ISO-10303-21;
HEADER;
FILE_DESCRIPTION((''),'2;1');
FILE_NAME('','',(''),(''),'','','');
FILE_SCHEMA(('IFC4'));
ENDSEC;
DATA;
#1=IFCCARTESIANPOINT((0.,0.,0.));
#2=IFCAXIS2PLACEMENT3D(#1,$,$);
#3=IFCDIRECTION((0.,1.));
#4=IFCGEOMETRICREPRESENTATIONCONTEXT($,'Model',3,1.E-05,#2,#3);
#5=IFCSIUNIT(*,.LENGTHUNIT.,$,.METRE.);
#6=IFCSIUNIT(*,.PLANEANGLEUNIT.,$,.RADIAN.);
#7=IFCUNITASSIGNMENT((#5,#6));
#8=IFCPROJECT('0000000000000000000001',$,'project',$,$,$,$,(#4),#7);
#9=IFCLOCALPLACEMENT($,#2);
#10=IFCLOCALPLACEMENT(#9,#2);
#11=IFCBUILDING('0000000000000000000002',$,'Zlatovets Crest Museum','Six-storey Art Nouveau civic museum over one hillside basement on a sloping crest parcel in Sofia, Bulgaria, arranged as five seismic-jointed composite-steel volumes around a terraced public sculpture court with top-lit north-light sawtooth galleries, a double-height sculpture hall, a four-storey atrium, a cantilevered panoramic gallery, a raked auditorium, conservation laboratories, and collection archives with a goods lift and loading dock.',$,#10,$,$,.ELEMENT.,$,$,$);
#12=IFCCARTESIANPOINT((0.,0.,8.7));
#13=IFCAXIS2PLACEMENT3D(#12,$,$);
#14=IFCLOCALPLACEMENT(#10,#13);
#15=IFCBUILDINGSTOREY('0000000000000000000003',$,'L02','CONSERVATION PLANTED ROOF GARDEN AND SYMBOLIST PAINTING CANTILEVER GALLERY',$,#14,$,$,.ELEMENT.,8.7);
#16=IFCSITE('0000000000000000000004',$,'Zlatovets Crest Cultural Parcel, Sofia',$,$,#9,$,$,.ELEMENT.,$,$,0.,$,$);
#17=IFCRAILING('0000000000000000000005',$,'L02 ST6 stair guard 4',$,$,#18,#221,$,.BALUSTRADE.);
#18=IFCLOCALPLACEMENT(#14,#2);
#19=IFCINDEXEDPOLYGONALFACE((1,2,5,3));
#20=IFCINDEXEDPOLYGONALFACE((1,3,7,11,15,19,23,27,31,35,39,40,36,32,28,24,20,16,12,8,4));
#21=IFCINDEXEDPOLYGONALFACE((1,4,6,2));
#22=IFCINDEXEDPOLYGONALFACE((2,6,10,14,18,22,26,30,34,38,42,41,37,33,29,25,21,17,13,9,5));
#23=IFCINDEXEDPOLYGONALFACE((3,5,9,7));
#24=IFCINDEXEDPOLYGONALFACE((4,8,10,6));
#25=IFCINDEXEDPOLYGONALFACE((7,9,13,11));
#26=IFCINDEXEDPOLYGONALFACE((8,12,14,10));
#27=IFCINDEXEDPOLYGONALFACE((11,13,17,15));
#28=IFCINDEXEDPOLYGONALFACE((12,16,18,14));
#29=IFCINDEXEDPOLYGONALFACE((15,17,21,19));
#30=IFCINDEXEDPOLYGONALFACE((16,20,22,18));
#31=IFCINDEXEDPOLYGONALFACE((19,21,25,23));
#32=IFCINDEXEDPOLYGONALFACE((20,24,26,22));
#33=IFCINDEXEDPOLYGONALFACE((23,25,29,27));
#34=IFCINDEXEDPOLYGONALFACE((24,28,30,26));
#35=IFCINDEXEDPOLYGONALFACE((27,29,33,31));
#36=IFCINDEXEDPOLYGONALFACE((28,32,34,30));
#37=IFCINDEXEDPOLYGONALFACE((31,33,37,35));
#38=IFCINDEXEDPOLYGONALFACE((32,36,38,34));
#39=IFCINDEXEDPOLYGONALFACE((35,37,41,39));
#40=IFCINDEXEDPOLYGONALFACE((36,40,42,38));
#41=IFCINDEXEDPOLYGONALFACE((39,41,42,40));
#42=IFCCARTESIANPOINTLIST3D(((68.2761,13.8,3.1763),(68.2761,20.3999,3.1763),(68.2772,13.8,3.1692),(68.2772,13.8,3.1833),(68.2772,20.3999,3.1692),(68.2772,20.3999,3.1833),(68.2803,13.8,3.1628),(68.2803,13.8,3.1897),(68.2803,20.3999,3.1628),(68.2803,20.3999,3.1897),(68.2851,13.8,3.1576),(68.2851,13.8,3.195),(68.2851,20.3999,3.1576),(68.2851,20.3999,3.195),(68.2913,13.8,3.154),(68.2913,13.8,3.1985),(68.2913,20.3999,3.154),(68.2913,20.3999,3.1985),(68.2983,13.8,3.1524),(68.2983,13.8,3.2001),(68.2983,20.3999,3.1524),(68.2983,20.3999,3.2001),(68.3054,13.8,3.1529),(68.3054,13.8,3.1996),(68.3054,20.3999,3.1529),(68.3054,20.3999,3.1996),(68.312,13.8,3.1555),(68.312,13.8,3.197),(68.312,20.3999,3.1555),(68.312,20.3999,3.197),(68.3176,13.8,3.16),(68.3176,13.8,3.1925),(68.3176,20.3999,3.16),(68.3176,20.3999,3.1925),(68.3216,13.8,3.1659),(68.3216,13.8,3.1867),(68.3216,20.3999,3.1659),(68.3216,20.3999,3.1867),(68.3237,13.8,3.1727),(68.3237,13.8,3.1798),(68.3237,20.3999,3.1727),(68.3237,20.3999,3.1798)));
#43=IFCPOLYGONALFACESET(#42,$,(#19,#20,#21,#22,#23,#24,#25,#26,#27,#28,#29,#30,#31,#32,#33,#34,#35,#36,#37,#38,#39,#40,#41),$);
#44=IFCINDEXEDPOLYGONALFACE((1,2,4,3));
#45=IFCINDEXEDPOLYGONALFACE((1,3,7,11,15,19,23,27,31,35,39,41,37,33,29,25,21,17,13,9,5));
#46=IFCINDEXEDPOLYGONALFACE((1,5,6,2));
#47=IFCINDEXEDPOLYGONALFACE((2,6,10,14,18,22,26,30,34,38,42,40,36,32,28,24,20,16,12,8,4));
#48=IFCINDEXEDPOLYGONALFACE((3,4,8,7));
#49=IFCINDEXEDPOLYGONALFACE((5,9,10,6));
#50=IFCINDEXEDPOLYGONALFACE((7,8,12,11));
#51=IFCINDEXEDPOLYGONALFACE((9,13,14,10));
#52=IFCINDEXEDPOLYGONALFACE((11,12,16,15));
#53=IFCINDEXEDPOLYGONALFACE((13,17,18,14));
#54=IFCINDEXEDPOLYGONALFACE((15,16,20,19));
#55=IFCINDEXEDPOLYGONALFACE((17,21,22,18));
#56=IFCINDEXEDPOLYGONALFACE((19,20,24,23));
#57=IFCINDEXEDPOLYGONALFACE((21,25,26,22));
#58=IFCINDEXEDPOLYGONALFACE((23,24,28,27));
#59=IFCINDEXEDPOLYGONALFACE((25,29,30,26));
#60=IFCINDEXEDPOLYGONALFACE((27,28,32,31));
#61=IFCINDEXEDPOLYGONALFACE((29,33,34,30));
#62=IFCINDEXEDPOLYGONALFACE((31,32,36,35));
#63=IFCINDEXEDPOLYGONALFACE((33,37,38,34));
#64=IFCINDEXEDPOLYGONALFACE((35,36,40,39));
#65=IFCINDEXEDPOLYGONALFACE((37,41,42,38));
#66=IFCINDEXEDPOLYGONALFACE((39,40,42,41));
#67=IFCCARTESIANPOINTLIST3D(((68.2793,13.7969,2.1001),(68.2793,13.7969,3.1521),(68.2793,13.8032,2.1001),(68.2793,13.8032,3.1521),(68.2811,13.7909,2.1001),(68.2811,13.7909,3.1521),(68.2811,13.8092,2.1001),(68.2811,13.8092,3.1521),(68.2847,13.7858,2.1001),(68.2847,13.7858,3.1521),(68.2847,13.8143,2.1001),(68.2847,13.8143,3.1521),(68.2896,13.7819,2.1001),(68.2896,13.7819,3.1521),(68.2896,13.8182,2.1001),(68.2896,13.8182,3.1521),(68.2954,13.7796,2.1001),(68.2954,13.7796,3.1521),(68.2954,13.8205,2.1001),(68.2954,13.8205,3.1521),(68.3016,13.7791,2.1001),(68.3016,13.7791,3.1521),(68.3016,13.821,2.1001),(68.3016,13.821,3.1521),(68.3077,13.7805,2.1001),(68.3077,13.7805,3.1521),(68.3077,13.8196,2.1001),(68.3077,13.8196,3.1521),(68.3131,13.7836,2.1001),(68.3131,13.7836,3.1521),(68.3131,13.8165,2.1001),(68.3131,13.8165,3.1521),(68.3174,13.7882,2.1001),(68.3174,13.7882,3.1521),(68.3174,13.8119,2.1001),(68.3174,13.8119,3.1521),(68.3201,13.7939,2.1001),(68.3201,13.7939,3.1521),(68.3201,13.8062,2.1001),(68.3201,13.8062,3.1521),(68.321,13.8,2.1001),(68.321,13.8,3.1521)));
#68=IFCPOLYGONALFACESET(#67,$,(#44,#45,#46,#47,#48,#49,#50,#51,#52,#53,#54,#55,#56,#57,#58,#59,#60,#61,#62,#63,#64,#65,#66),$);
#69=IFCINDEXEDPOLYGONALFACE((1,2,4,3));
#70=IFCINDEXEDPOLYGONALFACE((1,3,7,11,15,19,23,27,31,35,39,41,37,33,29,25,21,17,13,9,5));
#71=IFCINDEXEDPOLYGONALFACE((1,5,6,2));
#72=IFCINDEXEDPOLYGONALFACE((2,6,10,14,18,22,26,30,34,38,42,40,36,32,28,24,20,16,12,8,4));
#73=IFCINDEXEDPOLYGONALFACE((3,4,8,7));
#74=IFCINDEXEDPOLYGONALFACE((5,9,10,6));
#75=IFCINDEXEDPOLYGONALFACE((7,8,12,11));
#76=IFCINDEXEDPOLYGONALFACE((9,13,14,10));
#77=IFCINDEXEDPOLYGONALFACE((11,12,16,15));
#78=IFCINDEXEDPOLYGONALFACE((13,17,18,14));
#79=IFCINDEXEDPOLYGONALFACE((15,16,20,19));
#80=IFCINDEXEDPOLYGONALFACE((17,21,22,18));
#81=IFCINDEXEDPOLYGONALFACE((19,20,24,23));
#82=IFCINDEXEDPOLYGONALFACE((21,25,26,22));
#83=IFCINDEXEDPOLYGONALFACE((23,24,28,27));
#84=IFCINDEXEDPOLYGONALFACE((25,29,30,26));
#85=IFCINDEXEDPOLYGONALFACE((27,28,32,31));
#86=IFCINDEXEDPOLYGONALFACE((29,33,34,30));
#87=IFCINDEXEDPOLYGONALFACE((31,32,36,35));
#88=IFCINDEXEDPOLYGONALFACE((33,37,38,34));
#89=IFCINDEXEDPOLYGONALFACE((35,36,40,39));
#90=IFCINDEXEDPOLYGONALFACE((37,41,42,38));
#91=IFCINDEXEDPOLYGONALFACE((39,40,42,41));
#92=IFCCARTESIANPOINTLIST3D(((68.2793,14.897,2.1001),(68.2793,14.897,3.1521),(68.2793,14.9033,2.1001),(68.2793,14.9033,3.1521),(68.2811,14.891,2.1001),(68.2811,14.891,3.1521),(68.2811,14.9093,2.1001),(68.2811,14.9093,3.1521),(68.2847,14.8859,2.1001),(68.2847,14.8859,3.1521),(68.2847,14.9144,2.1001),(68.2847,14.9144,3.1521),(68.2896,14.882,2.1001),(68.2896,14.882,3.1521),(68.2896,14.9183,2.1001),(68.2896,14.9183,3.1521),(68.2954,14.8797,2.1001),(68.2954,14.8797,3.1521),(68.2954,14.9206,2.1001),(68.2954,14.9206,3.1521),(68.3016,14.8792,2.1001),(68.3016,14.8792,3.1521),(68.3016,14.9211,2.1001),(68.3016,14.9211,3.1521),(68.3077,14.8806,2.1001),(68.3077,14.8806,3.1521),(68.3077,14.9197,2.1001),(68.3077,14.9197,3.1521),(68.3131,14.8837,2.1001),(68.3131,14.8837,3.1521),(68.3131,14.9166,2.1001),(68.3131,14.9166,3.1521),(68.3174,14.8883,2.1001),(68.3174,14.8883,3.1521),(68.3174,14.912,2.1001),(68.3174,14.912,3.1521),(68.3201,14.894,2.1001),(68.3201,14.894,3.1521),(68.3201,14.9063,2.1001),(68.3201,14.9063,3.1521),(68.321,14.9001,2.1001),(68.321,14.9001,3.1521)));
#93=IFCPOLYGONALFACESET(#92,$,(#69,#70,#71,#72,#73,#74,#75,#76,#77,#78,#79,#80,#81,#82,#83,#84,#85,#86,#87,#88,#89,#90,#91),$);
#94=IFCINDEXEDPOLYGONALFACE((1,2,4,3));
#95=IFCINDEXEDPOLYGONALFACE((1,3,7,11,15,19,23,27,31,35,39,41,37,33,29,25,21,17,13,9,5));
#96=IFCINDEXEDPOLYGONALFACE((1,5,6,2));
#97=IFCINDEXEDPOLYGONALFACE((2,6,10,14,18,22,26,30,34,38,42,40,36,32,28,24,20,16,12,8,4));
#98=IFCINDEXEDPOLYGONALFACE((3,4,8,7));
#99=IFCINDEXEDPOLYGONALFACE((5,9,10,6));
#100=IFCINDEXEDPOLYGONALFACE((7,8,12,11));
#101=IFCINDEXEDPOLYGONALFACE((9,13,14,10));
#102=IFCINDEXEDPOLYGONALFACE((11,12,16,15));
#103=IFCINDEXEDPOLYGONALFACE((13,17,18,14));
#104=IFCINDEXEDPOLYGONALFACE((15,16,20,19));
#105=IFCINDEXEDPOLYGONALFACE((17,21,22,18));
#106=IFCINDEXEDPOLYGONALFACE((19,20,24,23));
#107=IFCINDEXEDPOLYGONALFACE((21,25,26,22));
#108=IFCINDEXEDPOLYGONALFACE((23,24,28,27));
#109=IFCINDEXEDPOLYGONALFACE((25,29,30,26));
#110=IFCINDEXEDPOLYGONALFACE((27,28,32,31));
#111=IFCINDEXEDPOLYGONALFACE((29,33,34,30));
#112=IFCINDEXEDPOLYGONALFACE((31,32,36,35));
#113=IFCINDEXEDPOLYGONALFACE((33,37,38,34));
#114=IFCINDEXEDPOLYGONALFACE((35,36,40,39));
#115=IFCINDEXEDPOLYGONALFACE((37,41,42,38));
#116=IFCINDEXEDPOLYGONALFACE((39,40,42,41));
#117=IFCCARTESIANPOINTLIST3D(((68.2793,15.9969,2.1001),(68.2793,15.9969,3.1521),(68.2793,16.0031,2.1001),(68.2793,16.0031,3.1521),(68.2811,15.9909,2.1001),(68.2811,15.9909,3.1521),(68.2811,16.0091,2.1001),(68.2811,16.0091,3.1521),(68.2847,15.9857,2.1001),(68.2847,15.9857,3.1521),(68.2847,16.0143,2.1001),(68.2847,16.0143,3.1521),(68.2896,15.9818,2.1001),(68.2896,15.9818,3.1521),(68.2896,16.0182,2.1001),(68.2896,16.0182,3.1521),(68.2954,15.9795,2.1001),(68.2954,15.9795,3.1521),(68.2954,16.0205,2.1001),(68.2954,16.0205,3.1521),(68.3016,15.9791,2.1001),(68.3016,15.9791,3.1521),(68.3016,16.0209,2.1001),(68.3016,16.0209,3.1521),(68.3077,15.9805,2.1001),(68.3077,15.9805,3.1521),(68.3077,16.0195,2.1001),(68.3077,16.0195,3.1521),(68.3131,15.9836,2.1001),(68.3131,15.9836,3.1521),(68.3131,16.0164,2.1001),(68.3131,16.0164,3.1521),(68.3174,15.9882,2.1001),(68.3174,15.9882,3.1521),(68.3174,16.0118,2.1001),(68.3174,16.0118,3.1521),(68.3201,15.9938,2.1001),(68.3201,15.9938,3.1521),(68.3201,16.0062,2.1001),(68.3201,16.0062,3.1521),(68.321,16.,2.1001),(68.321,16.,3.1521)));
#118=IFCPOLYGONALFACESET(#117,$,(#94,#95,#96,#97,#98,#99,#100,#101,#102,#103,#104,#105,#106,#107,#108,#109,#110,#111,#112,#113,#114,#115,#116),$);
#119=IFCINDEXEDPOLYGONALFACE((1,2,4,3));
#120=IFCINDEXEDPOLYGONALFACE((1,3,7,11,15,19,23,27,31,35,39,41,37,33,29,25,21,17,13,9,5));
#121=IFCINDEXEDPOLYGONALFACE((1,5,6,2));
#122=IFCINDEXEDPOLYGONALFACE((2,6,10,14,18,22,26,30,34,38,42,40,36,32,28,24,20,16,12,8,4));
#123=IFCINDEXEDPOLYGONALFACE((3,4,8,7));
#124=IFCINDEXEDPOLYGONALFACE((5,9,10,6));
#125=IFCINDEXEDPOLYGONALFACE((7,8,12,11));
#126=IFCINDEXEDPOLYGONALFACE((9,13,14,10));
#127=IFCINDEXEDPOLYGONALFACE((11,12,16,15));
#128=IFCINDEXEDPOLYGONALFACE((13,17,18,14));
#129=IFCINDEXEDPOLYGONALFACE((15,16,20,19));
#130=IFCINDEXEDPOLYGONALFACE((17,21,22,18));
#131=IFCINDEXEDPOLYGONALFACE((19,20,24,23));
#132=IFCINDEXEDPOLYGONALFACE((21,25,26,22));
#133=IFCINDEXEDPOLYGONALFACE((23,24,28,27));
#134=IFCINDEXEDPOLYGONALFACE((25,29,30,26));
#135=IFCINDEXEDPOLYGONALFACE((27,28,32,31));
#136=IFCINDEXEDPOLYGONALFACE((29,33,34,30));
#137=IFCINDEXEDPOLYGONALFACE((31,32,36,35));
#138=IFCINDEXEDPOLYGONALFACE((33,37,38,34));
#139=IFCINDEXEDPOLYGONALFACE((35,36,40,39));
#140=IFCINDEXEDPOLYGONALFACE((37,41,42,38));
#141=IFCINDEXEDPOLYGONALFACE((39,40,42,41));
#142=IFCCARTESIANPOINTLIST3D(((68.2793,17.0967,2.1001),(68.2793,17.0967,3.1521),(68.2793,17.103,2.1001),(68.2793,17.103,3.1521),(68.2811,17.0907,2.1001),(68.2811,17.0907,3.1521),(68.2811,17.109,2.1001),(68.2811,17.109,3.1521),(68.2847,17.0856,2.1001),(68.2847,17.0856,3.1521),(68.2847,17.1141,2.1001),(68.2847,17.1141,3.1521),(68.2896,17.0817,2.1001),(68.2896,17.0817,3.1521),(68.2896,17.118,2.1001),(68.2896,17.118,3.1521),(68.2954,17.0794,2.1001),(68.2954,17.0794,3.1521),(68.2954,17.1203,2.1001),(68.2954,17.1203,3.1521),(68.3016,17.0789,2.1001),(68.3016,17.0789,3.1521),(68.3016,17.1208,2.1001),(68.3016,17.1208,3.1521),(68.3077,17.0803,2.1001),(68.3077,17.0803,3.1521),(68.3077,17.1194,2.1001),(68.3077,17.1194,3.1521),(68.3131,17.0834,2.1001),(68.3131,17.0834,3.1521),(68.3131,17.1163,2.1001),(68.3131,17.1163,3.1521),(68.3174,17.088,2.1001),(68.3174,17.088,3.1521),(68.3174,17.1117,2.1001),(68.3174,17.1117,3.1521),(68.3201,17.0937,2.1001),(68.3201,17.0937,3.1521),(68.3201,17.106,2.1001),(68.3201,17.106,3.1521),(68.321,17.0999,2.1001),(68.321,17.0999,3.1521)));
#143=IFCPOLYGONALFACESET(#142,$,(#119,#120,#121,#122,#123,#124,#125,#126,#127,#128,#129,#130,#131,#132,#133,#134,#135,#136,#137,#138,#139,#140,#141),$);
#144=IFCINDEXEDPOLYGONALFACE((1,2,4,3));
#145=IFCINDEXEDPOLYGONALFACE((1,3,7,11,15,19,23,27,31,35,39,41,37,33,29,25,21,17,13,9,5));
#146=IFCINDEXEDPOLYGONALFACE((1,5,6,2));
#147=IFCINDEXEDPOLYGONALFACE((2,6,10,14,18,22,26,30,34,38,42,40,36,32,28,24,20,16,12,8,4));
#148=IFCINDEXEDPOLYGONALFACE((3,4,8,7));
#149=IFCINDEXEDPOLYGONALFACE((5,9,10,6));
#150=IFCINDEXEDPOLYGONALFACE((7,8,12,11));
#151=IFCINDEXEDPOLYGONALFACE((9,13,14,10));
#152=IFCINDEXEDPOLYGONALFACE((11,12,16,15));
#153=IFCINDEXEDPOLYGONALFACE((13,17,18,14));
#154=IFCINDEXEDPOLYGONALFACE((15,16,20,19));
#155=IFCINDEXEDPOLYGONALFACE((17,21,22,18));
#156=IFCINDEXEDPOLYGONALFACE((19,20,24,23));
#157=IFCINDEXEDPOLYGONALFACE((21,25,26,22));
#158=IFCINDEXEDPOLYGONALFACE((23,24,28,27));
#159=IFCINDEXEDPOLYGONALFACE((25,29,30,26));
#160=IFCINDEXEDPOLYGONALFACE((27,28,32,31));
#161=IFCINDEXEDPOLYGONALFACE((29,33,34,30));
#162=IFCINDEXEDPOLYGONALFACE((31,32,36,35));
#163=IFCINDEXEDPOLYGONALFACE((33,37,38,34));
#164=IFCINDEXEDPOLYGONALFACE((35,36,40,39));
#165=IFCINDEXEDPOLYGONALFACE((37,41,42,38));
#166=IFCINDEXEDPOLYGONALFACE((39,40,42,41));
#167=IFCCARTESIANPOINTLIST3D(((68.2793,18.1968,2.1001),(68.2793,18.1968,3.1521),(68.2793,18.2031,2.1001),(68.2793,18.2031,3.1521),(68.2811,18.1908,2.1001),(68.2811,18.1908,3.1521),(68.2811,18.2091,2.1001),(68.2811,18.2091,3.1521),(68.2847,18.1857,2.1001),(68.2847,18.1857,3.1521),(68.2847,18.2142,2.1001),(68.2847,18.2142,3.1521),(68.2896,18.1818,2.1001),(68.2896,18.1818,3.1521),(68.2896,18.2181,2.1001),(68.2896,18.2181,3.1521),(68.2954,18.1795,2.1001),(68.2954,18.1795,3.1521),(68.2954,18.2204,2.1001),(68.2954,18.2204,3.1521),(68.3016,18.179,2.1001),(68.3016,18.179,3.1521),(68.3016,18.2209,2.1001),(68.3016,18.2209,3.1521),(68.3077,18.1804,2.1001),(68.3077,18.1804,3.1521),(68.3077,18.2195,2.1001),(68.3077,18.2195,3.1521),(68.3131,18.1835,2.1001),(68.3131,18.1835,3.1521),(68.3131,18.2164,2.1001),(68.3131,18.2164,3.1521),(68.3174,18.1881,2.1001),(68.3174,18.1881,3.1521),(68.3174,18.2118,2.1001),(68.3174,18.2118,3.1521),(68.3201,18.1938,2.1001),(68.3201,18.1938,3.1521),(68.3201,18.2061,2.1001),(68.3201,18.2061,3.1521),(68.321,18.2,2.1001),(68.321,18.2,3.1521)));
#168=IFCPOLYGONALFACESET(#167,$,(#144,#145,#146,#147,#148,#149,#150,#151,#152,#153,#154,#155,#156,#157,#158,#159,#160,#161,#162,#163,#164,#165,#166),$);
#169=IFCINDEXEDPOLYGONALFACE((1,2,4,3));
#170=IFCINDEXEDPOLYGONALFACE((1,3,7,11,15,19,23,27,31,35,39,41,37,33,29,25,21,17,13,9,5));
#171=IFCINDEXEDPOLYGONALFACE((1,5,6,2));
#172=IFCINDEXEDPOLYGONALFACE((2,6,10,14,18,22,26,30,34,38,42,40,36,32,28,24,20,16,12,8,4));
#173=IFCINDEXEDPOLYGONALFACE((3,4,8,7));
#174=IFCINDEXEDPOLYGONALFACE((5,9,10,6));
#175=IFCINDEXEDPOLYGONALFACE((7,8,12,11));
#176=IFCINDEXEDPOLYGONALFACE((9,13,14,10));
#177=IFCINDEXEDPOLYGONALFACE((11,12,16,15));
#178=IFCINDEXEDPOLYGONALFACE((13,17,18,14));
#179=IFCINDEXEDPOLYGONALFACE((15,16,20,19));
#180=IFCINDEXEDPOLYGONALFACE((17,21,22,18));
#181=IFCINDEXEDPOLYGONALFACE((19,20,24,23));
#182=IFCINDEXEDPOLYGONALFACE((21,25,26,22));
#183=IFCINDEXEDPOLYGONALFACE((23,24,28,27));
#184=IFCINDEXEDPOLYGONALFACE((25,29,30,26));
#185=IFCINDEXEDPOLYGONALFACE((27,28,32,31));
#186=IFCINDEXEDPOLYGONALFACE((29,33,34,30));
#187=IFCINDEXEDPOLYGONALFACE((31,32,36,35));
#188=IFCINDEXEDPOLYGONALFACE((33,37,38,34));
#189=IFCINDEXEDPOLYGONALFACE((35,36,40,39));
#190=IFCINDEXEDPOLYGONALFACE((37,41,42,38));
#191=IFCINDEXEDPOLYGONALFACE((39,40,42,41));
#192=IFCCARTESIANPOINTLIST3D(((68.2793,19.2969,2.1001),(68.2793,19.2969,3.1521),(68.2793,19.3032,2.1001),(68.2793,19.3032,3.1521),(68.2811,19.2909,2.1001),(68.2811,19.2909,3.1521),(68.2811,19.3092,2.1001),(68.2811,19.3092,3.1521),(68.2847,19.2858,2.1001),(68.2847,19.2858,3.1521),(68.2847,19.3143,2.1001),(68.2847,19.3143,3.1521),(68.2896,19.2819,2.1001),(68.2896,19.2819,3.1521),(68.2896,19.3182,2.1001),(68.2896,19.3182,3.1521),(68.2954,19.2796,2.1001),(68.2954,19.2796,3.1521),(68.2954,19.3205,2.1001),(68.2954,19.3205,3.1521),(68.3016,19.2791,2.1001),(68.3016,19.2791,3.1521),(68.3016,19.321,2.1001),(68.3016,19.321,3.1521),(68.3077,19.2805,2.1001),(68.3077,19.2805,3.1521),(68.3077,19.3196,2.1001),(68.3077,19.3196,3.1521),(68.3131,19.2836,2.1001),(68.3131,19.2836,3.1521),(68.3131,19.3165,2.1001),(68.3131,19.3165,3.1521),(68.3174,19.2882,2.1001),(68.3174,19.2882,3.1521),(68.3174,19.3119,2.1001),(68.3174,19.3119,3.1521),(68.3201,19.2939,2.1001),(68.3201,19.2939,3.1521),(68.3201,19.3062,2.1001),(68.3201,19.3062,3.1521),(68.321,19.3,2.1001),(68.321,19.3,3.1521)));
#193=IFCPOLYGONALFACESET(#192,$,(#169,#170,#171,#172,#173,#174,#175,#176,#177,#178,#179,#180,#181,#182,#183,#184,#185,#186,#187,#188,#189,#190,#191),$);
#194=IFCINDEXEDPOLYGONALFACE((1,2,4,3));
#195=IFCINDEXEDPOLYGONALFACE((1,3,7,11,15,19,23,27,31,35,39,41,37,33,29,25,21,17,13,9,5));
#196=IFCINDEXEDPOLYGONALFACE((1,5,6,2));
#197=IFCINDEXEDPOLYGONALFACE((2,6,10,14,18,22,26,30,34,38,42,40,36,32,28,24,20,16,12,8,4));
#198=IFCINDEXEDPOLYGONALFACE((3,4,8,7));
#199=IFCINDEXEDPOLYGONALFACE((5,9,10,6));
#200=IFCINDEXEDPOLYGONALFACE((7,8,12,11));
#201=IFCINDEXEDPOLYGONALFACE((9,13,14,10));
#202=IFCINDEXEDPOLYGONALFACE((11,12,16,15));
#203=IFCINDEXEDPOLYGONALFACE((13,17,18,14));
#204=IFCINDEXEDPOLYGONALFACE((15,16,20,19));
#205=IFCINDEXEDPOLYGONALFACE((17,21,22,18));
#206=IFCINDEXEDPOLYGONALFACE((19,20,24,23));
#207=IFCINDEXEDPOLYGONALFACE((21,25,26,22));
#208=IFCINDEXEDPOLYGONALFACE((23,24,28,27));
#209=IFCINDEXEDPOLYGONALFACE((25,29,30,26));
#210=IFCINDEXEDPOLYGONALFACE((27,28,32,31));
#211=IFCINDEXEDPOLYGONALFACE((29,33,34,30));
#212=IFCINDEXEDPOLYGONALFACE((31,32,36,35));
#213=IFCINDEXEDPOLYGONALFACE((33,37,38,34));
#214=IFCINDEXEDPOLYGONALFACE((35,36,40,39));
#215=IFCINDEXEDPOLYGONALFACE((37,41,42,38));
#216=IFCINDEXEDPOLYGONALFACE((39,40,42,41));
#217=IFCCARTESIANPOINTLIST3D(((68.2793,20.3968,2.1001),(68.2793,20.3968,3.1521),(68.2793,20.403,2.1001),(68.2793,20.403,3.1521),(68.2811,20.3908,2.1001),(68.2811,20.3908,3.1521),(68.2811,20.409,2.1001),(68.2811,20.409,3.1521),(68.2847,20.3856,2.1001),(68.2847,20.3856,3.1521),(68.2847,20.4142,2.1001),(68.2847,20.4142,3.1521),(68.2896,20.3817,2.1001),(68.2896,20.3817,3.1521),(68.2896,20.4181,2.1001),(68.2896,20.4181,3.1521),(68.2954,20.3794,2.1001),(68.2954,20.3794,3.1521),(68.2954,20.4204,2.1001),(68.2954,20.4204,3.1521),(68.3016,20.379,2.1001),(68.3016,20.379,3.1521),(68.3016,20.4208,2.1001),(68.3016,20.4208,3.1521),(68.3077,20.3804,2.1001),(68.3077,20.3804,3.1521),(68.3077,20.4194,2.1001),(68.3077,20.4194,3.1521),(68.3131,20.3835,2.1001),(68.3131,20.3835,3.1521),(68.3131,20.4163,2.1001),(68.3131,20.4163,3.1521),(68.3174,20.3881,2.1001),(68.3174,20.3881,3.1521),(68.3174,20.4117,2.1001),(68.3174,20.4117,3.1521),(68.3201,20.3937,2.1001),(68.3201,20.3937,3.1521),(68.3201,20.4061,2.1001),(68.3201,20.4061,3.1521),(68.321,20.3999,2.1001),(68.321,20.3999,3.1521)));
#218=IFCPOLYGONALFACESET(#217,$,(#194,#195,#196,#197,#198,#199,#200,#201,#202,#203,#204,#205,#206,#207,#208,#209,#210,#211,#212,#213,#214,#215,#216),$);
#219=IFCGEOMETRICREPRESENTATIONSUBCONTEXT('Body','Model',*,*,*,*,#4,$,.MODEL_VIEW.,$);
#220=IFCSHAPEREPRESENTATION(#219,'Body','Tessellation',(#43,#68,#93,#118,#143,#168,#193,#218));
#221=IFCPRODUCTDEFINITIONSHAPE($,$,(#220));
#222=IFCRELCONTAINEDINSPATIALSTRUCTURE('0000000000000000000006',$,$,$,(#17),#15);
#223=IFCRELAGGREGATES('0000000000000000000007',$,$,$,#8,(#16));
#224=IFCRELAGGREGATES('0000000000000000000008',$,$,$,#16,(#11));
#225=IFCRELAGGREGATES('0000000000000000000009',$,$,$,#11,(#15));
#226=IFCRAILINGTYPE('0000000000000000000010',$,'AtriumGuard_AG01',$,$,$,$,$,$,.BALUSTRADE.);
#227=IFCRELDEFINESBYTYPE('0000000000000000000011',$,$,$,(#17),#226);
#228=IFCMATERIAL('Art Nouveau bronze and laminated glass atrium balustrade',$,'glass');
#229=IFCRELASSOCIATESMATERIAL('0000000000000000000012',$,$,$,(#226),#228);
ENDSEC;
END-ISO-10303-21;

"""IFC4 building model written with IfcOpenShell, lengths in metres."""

from ifc_helpers import new_model, si_unit, direction, frame, origin, origin_2d, place, context, subcontext, project, spatial, circle, extrude, material, type_object, element, save


model = new_model("IFC4")

# Units and contexts
model_context = context("Model", 3, precision=1e-05, world=origin(), true_north=direction((0.0, 1.0)))
body_context = subcontext(model_context, "Body", "Model", "MODEL_VIEW")
ifc_project = project(units=[si_unit("LENGTHUNIT", "METRE"), si_unit("PLANEANGLEUNIT", "RADIAN")], contexts=[model_context])

# Site, building, storey
site_placement = place(None, origin())
site = spatial("IfcSite", under=ifc_project, at=site_placement, Name="Zlatovets Crest Cultural Parcel, Sofia", CompositionType="ELEMENT", RefElevation=0.0)
building_placement = place(site_placement, origin())
building = spatial("IfcBuilding", under=site, at=building_placement, Name="Zlatovets Crest Museum", Description="Six-storey Art Nouveau civic museum over one hillside basement on a sloping crest parcel in Sofia, Bulgaria, arranged as five seismic-jointed composite-steel volumes around a terraced public sculpture court with top-lit north-light sawtooth galleries, a double-height sculpture hall, a four-storey atrium, a cantilevered panoramic gallery, a raked auditorium, conservation laboratories, and collection archives with a goods lift and loading dock.", CompositionType="ELEMENT")
storey_placement = place(building_placement, frame((0.0, 0.0, 8.7)))
storey = spatial("IfcBuildingStorey", under=building, at=storey_placement, Name="L02", Description="CONSERVATION PLANTED ROOF GARDEN AND SYMBOLIST PAINTING CANTILEVER GALLERY", CompositionType="ELEMENT", Elevation=8.7)

# Railing
ifc_material_1 = material(Name="Art Nouveau bronze and laminated glass atrium balustrade", Category="glass")
railing_type_1 = type_object("IfcRailingType", Name="AtriumGuard_AG01", PredefinedType="BALUSTRADE", material=ifc_material_1)
railing_1_placement = place(storey_placement, frame((68.3, 13.8, 2.1001)))
element("IfcRailing", 1, at=railing_1_placement, inside=storey, type_object=railing_type_1, Name="L02 ST6 stair guard 4", PredefinedType="BALUSTRADE", context=body_context, shape_type="SweptSolid", body=[
    extrude(circle(Radius=0.0239, at=origin_2d()), frame((0.0, 0.0, 1.0762), z_axis=(0.0, 1.0, 0.0), x_axis=(-1.0, 0.0, 0.0)), (0.0, 0.0, 1.0), 6.5999),
    extrude(circle(Radius=0.021, at=origin_2d()), origin(), (0.0, 0.0, 1.0), 1.052),
    extrude(circle(Radius=0.021, at=origin_2d()), frame((0.0, 1.1001, 0.0)), (0.0, 0.0, 1.0), 1.052),
    extrude(circle(Radius=0.021, at=origin_2d()), frame((0.0, 2.2, 0.0)), (0.0, 0.0, 1.0), 1.052),
    extrude(circle(Radius=0.021, at=origin_2d()), frame((0.0, 3.2998, 0.0)), (0.0, 0.0, 1.0), 1.052),
    extrude(circle(Radius=0.021, at=origin_2d()), frame((0.0, 4.3999, 0.0)), (0.0, 0.0, 1.0), 1.052),
    extrude(circle(Radius=0.021, at=origin_2d()), frame((0.0, 5.5, 0.0)), (0.0, 0.0, 1.0), 1.052),
    extrude(circle(Radius=0.021, at=origin_2d()), frame((0.0, 6.5999, 0.0)), (0.0, 0.0, 1.0), 1.052),
])

save(model, "model.ifc")
